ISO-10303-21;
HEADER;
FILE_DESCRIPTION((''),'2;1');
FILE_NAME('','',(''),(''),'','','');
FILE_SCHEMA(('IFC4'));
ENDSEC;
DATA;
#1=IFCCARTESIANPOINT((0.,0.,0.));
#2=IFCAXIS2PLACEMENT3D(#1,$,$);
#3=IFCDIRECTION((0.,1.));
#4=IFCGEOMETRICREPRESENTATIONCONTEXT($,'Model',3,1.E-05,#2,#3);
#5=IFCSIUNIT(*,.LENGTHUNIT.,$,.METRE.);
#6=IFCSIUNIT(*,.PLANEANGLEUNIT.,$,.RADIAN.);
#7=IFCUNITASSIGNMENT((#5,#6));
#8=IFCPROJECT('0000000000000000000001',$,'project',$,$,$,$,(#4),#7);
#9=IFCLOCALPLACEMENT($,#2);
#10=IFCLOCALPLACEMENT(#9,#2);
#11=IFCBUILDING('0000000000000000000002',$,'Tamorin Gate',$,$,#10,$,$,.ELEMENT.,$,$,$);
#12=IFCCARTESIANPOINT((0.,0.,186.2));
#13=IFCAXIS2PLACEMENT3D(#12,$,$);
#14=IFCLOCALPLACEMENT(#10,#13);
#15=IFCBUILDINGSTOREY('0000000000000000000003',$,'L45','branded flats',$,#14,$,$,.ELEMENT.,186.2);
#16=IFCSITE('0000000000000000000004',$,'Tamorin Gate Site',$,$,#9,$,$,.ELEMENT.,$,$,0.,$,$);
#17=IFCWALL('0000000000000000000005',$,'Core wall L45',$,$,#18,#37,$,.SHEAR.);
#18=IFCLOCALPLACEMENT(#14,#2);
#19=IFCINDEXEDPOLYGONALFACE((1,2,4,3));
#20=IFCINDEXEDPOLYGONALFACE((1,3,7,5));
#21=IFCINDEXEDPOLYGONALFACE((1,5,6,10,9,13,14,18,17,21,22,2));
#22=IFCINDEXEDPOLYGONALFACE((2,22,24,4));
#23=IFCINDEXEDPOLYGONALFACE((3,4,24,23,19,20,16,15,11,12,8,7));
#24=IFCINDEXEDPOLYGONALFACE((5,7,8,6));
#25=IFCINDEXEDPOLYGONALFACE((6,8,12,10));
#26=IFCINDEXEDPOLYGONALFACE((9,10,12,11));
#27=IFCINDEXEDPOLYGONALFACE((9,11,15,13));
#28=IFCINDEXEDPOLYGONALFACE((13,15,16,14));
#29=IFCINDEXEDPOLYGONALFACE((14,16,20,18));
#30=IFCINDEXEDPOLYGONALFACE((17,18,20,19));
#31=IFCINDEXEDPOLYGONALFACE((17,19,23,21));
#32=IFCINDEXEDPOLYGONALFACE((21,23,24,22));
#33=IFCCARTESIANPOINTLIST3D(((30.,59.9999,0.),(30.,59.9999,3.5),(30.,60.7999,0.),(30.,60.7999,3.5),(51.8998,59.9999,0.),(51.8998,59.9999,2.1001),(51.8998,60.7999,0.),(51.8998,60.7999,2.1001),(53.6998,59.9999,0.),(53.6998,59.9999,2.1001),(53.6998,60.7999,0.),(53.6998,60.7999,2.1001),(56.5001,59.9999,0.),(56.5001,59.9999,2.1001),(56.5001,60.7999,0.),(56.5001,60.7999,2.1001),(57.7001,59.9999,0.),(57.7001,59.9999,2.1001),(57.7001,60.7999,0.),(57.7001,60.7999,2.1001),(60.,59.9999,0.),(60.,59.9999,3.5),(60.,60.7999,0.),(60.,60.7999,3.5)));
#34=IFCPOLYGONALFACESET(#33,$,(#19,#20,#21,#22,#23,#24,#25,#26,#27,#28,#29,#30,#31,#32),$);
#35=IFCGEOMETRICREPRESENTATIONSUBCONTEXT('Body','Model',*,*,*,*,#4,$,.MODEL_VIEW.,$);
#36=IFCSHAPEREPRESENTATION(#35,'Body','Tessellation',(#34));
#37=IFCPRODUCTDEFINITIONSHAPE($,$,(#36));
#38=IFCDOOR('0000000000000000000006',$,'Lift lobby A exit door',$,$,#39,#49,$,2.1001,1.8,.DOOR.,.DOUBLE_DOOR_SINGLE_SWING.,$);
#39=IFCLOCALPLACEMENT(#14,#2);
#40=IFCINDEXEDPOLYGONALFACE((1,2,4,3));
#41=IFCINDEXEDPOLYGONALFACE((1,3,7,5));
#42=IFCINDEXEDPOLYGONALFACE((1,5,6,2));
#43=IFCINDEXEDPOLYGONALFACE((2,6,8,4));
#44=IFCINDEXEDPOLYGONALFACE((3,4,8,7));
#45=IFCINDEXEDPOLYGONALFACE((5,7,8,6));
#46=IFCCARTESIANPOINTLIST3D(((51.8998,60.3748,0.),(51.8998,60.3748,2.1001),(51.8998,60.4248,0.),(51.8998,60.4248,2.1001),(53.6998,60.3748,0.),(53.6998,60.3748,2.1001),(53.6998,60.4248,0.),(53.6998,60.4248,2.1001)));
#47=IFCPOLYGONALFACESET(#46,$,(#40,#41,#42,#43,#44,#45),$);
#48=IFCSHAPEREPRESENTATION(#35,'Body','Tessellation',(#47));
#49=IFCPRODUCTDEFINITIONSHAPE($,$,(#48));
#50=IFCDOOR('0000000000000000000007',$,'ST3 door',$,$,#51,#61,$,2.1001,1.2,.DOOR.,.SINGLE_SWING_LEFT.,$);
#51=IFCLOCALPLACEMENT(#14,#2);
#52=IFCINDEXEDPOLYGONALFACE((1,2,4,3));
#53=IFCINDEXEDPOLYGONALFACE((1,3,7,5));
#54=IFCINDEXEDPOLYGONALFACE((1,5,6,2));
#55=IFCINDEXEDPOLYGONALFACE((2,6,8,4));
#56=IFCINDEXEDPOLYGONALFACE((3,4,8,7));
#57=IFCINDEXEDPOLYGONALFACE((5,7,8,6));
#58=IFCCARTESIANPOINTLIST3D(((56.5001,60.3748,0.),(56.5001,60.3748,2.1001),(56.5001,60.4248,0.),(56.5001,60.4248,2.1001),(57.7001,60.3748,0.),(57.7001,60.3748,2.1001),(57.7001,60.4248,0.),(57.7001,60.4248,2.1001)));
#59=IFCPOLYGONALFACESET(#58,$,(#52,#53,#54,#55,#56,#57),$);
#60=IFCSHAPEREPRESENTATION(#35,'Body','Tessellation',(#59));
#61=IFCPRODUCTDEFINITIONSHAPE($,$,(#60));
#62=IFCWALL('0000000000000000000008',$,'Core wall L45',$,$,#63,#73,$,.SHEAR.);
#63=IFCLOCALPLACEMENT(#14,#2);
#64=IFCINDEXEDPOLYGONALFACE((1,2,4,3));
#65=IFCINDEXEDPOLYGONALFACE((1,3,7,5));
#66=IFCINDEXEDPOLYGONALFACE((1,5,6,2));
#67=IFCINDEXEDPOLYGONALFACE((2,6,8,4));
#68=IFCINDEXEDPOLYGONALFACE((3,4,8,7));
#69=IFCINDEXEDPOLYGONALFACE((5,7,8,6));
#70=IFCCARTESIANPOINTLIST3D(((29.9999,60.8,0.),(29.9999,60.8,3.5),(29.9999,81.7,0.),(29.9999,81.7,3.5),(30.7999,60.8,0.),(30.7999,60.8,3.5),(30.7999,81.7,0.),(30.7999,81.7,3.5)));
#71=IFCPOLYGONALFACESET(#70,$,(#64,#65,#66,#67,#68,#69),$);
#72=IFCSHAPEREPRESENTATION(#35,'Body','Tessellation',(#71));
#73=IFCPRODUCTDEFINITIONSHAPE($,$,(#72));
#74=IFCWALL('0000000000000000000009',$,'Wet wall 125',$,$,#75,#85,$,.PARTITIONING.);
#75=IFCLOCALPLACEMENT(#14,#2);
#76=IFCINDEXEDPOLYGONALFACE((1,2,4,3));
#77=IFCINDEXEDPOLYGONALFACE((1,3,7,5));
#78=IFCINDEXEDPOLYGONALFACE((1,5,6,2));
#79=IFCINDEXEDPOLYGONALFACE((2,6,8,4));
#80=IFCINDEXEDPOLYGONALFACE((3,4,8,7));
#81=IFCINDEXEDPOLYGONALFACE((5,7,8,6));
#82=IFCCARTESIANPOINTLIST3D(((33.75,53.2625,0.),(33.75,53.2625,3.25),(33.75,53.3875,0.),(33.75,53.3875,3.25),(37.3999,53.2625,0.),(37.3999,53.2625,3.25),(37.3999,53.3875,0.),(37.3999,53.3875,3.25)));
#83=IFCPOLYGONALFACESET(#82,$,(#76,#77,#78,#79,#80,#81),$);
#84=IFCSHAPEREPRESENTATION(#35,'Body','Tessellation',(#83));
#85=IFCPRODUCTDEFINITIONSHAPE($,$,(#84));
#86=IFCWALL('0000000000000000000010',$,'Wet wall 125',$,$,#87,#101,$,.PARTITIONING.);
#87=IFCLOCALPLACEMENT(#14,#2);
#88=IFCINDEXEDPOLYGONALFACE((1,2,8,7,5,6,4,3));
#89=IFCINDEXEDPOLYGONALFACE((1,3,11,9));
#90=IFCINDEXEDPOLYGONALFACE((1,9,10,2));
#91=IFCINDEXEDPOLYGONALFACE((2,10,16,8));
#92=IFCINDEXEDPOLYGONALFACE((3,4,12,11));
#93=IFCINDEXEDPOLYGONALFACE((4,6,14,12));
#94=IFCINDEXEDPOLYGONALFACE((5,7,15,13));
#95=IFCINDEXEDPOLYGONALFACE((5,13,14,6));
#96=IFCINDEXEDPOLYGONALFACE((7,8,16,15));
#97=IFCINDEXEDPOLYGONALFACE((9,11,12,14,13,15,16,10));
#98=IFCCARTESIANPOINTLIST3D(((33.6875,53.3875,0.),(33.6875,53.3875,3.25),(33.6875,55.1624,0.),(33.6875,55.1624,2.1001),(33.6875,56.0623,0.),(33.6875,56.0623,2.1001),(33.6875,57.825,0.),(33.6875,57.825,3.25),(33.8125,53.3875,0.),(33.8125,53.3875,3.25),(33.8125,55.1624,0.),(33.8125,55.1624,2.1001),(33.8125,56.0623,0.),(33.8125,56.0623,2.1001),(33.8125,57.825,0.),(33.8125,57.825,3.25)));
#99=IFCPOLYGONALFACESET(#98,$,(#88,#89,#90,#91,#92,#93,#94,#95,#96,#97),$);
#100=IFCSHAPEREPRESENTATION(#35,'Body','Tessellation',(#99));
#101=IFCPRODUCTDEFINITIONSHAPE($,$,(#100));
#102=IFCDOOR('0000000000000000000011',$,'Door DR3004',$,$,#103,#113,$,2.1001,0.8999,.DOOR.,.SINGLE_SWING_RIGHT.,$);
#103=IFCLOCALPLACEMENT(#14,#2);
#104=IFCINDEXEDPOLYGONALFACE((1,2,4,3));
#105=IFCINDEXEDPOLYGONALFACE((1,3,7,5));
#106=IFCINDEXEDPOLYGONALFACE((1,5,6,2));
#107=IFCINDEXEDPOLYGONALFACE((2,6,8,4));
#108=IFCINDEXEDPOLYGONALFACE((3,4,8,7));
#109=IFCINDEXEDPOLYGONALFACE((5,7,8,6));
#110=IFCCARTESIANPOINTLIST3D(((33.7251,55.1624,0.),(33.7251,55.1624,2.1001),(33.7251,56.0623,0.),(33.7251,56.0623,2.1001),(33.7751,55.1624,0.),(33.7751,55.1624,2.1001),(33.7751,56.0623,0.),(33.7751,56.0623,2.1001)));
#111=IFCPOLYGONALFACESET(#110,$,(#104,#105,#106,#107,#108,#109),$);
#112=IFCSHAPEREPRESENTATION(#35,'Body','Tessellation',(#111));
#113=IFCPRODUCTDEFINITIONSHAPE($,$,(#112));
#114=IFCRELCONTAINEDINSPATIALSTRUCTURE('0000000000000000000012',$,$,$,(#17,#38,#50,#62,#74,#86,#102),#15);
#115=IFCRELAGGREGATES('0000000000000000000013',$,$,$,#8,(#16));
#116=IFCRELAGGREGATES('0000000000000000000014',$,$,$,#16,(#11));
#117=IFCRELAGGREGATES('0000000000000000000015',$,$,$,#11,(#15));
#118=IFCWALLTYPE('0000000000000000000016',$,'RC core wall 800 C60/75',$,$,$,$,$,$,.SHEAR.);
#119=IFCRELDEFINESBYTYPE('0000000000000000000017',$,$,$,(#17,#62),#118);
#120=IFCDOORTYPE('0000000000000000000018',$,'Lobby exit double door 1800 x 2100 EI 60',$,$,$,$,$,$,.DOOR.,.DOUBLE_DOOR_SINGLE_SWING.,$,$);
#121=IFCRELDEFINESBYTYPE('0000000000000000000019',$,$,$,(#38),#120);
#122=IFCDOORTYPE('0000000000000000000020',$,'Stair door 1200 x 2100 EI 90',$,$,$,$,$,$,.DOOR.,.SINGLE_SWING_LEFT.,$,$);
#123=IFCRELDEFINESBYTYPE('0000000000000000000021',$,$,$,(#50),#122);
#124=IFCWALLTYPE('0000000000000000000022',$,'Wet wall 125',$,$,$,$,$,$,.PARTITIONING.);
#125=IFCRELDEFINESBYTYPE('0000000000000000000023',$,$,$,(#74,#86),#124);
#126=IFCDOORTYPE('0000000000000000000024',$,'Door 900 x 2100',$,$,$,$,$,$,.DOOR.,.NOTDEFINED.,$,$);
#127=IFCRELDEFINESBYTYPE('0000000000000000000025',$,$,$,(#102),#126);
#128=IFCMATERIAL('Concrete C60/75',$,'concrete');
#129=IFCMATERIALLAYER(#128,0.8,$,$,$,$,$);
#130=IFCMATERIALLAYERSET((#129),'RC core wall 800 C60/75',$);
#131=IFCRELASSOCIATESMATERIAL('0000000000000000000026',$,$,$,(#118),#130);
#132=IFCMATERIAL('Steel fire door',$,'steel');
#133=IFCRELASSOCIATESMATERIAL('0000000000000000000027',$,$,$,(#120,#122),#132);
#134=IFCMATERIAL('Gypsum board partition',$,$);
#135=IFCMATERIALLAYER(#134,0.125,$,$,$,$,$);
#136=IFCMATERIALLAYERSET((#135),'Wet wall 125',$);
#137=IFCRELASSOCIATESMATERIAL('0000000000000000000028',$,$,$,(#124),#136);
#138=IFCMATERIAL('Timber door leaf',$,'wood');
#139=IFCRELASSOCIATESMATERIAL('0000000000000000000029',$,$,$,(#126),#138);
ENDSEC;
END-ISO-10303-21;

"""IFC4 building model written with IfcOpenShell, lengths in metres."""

from ifc_helpers import new_model, si_unit, direction, frame, frame_2d, origin, place, context, subcontext, project, spatial, rectangle, extrude, material, layer, layer_set, type_object, element, fill, save


model = new_model("IFC4")

# Units and contexts
model_context = context("Model", 3, precision=1e-05, world=origin(), true_north=direction((0.0, 1.0)))
body_context = subcontext(model_context, "Body", "Model", "MODEL_VIEW")
ifc_project = project(units=[si_unit("LENGTHUNIT", "METRE"), si_unit("PLANEANGLEUNIT", "RADIAN")], contexts=[model_context])

# Site, building, storey
site_placement = place(None, origin())
site = spatial("IfcSite", under=ifc_project, at=site_placement, Name="Tamorin Gate Site", CompositionType="ELEMENT", RefElevation=0.0)
building_placement = place(site_placement, origin())
building = spatial("IfcBuilding", under=site, at=building_placement, Name="Tamorin Gate", CompositionType="ELEMENT")
storey_placement = place(building_placement, frame((0.0, 0.0, 186.2)))
storey = spatial("IfcBuildingStorey", under=building, at=storey_placement, Name="L45", Description="branded flats", CompositionType="ELEMENT", Elevation=186.2)

# Shared definitions
ifc_material_1 = material(Name="Concrete C60/75", Category="concrete")

# Shared definitions
ifc_material_2 = material(Name="Gypsum board partition")
ifc_material_3 = material(Name="Timber door leaf", Category="wood")

# Wall, openings, doors
ifc_layer_1 = layer(ifc_material_1, 0.8)
ifc_layer_set_1 = layer_set([ifc_layer_1], Name="RC core wall 800 C60/75")
wall_type_1 = type_object("IfcWallType", Name="RC core wall 800 C60/75", PredefinedType="SHEAR", material=ifc_layer_set_1)
wall_1_placement = place(storey_placement, frame((30.0, 60.3999, 0.0), z_axis=(0.0, 0.0, 1.0), x_axis=(1.0, 0.0, 0.0)))
wall_1 = element("IfcWall", 1, at=wall_1_placement, inside=storey, type_object=wall_type_1, Name="Core wall L45", PredefinedType="SHEAR", context=body_context, shape_type="SweptSolid", body=[
    extrude(rectangle(XDim=30.0, YDim=0.8, at=frame_2d((15.0, 0.0))), origin(), (0.0, 0.0, 1.0), 3.5),
])
opening_1_placement = place(wall_1_placement, frame((21.8999, 0.0, 0.0)))
opening_1 = element("IfcOpeningElement", 2, at=opening_1_placement, cuts=wall_1, PredefinedType="OPENING", context=body_context, shape_type="SweptSolid", body=[
    extrude(rectangle(XDim=1.8, YDim=2.1001, at=frame_2d((0.8999, 1.05))), frame((0.0, 0.4099, 0.0), z_axis=(0.0, -1.0, 0.0), x_axis=(1.0, 0.0, 0.0)), (0.0, 0.0, 1.0), 0.8201),
])
opening_2_placement = place(wall_1_placement, frame((26.5, 0.0, 0.0)))
opening_2 = element("IfcOpeningElement", 3, at=opening_2_placement, cuts=wall_1, PredefinedType="OPENING", context=body_context, shape_type="SweptSolid", body=[
    extrude(rectangle(XDim=1.2, YDim=2.1001, at=frame_2d((0.6001, 1.05))), frame((0.0, 0.4099, 0.0), z_axis=(0.0, -1.0, 0.0), x_axis=(1.0, 0.0, 0.0)), (0.0, 0.0, 1.0), 0.8201),
])
ifc_material_4 = material(Name="Steel fire door", Category="steel")
door_type_1 = type_object("IfcDoorType", Name="Lobby exit double door 1800 x 2100 EI 60", OperationType="DOUBLE_DOOR_SINGLE_SWING", PredefinedType="DOOR", material=ifc_material_4)
door_1_placement = place(opening_1_placement, origin())
door_1 = element("IfcDoor", 4, at=door_1_placement, inside=storey, type_object=door_type_1, Name="Lift lobby A exit door", OperationType="DOUBLE_DOOR_SINGLE_SWING", OverallHeight=2.1001, OverallWidth=1.8, PredefinedType="DOOR", context=body_context, shape_type="SweptSolid", body=[
    extrude(rectangle(XDim=1.8, YDim=2.1001, at=frame_2d((0.8999, 1.05))), frame((0.0, 0.0249, 0.0), z_axis=(0.0, -1.0, 0.0), x_axis=(1.0, 0.0, 0.0)), (0.0, 0.0, 1.0), 0.05),
])
fill(opening_1, door_1)
door_type_2 = type_object("IfcDoorType", Name="Stair door 1200 x 2100 EI 90", OperationType="SINGLE_SWING_LEFT", PredefinedType="DOOR", material=ifc_material_4)
door_2_placement = place(opening_2_placement, origin())
door_2 = element("IfcDoor", 5, at=door_2_placement, inside=storey, type_object=door_type_2, Name="ST3 door", OperationType="SINGLE_SWING_LEFT", OverallHeight=2.1001, OverallWidth=1.2, PredefinedType="DOOR", context=body_context, shape_type="SweptSolid", body=[
    extrude(rectangle(XDim=1.2, YDim=2.1001, at=frame_2d((0.6001, 1.05))), frame((0.0, 0.0249, 0.0), z_axis=(0.0, -1.0, 0.0), x_axis=(1.0, 0.0, 0.0)), (0.0, 0.0, 1.0), 0.05),
])
fill(opening_2, door_2)

# Walls
wall_2_placement = place(storey_placement, frame((30.3999, 60.8, 0.0), z_axis=(0.0, 0.0, 1.0), x_axis=(0.0, 1.0, 0.0)))
element("IfcWall", 6, at=wall_2_placement, inside=storey, type_object=wall_type_1, Name="Core wall L45", PredefinedType="SHEAR", context=body_context, shape_type="SweptSolid", body=[
    extrude(rectangle(XDim=20.8999, YDim=0.8, at=frame_2d((10.45, 0.0))), origin(), (0.0, 0.0, 1.0), 3.5),
])
ifc_layer_2 = layer(ifc_material_2, 0.125)
ifc_layer_set_2 = layer_set([ifc_layer_2], Name="Wet wall 125")
wall_type_2 = type_object("IfcWallType", Name="Wet wall 125", PredefinedType="PARTITIONING", material=ifc_layer_set_2)
wall_3_placement = place(storey_placement, frame((33.75, 53.325, 0.0), z_axis=(0.0, 0.0, 1.0), x_axis=(1.0, 0.0, 0.0)))
element("IfcWall", 7, at=wall_3_placement, inside=storey, type_object=wall_type_2, Name="Wet wall 125", PredefinedType="PARTITIONING", context=body_context, shape_type="SweptSolid", body=[
    extrude(rectangle(XDim=3.6499, YDim=0.125, at=frame_2d((1.825, 0.0))), origin(), (0.0, 0.0, 1.0), 3.25),
])

# Wall, opening, door
wall_4_placement = place(storey_placement, frame((33.75, 53.3875, 0.0), z_axis=(0.0, 0.0, 1.0), x_axis=(0.0, 1.0, 0.0)))
wall_4 = element("IfcWall", 8, at=wall_4_placement, inside=storey, type_object=wall_type_2, Name="Wet wall 125", PredefinedType="PARTITIONING", context=body_context, shape_type="SweptSolid", body=[
    extrude(rectangle(XDim=4.4375, YDim=0.125, at=frame_2d((2.2188, 0.0))), origin(), (0.0, 0.0, 1.0), 3.25),
])
opening_3_placement = place(wall_4_placement, frame((1.7749, 0.0, 0.0)))
opening_3 = element("IfcOpeningElement", 9, at=opening_3_placement, cuts=wall_4, PredefinedType="OPENING", context=body_context, shape_type="SweptSolid", body=[
    extrude(rectangle(XDim=0.8999, YDim=2.1001, at=frame_2d((0.45, 1.05))), frame((0.0, 0.0725, 0.0), z_axis=(0.0, -1.0, 0.0), x_axis=(1.0, 0.0, 0.0)), (0.0, 0.0, 1.0), 0.145),
])
door_type_3 = type_object("IfcDoorType", Name="Door 900 x 2100", OperationType="NOTDEFINED", PredefinedType="DOOR", material=ifc_material_3)
door_3_placement = place(opening_3_placement, origin())
door_3 = element("IfcDoor", 10, at=door_3_placement, inside=storey, type_object=door_type_3, Name="Door DR3004", OperationType="SINGLE_SWING_RIGHT", OverallHeight=2.1001, OverallWidth=0.8999, PredefinedType="DOOR", context=body_context, shape_type="SweptSolid", body=[
    extrude(rectangle(XDim=0.8999, YDim=2.1001, at=frame_2d((0.45, 1.05))), frame((0.0, 0.0249, 0.0), z_axis=(0.0, -1.0, 0.0), x_axis=(1.0, 0.0, 0.0)), (0.0, 0.0, 1.0), 0.05),
])
fill(opening_3, door_3)

save(model, "model.ifc")
